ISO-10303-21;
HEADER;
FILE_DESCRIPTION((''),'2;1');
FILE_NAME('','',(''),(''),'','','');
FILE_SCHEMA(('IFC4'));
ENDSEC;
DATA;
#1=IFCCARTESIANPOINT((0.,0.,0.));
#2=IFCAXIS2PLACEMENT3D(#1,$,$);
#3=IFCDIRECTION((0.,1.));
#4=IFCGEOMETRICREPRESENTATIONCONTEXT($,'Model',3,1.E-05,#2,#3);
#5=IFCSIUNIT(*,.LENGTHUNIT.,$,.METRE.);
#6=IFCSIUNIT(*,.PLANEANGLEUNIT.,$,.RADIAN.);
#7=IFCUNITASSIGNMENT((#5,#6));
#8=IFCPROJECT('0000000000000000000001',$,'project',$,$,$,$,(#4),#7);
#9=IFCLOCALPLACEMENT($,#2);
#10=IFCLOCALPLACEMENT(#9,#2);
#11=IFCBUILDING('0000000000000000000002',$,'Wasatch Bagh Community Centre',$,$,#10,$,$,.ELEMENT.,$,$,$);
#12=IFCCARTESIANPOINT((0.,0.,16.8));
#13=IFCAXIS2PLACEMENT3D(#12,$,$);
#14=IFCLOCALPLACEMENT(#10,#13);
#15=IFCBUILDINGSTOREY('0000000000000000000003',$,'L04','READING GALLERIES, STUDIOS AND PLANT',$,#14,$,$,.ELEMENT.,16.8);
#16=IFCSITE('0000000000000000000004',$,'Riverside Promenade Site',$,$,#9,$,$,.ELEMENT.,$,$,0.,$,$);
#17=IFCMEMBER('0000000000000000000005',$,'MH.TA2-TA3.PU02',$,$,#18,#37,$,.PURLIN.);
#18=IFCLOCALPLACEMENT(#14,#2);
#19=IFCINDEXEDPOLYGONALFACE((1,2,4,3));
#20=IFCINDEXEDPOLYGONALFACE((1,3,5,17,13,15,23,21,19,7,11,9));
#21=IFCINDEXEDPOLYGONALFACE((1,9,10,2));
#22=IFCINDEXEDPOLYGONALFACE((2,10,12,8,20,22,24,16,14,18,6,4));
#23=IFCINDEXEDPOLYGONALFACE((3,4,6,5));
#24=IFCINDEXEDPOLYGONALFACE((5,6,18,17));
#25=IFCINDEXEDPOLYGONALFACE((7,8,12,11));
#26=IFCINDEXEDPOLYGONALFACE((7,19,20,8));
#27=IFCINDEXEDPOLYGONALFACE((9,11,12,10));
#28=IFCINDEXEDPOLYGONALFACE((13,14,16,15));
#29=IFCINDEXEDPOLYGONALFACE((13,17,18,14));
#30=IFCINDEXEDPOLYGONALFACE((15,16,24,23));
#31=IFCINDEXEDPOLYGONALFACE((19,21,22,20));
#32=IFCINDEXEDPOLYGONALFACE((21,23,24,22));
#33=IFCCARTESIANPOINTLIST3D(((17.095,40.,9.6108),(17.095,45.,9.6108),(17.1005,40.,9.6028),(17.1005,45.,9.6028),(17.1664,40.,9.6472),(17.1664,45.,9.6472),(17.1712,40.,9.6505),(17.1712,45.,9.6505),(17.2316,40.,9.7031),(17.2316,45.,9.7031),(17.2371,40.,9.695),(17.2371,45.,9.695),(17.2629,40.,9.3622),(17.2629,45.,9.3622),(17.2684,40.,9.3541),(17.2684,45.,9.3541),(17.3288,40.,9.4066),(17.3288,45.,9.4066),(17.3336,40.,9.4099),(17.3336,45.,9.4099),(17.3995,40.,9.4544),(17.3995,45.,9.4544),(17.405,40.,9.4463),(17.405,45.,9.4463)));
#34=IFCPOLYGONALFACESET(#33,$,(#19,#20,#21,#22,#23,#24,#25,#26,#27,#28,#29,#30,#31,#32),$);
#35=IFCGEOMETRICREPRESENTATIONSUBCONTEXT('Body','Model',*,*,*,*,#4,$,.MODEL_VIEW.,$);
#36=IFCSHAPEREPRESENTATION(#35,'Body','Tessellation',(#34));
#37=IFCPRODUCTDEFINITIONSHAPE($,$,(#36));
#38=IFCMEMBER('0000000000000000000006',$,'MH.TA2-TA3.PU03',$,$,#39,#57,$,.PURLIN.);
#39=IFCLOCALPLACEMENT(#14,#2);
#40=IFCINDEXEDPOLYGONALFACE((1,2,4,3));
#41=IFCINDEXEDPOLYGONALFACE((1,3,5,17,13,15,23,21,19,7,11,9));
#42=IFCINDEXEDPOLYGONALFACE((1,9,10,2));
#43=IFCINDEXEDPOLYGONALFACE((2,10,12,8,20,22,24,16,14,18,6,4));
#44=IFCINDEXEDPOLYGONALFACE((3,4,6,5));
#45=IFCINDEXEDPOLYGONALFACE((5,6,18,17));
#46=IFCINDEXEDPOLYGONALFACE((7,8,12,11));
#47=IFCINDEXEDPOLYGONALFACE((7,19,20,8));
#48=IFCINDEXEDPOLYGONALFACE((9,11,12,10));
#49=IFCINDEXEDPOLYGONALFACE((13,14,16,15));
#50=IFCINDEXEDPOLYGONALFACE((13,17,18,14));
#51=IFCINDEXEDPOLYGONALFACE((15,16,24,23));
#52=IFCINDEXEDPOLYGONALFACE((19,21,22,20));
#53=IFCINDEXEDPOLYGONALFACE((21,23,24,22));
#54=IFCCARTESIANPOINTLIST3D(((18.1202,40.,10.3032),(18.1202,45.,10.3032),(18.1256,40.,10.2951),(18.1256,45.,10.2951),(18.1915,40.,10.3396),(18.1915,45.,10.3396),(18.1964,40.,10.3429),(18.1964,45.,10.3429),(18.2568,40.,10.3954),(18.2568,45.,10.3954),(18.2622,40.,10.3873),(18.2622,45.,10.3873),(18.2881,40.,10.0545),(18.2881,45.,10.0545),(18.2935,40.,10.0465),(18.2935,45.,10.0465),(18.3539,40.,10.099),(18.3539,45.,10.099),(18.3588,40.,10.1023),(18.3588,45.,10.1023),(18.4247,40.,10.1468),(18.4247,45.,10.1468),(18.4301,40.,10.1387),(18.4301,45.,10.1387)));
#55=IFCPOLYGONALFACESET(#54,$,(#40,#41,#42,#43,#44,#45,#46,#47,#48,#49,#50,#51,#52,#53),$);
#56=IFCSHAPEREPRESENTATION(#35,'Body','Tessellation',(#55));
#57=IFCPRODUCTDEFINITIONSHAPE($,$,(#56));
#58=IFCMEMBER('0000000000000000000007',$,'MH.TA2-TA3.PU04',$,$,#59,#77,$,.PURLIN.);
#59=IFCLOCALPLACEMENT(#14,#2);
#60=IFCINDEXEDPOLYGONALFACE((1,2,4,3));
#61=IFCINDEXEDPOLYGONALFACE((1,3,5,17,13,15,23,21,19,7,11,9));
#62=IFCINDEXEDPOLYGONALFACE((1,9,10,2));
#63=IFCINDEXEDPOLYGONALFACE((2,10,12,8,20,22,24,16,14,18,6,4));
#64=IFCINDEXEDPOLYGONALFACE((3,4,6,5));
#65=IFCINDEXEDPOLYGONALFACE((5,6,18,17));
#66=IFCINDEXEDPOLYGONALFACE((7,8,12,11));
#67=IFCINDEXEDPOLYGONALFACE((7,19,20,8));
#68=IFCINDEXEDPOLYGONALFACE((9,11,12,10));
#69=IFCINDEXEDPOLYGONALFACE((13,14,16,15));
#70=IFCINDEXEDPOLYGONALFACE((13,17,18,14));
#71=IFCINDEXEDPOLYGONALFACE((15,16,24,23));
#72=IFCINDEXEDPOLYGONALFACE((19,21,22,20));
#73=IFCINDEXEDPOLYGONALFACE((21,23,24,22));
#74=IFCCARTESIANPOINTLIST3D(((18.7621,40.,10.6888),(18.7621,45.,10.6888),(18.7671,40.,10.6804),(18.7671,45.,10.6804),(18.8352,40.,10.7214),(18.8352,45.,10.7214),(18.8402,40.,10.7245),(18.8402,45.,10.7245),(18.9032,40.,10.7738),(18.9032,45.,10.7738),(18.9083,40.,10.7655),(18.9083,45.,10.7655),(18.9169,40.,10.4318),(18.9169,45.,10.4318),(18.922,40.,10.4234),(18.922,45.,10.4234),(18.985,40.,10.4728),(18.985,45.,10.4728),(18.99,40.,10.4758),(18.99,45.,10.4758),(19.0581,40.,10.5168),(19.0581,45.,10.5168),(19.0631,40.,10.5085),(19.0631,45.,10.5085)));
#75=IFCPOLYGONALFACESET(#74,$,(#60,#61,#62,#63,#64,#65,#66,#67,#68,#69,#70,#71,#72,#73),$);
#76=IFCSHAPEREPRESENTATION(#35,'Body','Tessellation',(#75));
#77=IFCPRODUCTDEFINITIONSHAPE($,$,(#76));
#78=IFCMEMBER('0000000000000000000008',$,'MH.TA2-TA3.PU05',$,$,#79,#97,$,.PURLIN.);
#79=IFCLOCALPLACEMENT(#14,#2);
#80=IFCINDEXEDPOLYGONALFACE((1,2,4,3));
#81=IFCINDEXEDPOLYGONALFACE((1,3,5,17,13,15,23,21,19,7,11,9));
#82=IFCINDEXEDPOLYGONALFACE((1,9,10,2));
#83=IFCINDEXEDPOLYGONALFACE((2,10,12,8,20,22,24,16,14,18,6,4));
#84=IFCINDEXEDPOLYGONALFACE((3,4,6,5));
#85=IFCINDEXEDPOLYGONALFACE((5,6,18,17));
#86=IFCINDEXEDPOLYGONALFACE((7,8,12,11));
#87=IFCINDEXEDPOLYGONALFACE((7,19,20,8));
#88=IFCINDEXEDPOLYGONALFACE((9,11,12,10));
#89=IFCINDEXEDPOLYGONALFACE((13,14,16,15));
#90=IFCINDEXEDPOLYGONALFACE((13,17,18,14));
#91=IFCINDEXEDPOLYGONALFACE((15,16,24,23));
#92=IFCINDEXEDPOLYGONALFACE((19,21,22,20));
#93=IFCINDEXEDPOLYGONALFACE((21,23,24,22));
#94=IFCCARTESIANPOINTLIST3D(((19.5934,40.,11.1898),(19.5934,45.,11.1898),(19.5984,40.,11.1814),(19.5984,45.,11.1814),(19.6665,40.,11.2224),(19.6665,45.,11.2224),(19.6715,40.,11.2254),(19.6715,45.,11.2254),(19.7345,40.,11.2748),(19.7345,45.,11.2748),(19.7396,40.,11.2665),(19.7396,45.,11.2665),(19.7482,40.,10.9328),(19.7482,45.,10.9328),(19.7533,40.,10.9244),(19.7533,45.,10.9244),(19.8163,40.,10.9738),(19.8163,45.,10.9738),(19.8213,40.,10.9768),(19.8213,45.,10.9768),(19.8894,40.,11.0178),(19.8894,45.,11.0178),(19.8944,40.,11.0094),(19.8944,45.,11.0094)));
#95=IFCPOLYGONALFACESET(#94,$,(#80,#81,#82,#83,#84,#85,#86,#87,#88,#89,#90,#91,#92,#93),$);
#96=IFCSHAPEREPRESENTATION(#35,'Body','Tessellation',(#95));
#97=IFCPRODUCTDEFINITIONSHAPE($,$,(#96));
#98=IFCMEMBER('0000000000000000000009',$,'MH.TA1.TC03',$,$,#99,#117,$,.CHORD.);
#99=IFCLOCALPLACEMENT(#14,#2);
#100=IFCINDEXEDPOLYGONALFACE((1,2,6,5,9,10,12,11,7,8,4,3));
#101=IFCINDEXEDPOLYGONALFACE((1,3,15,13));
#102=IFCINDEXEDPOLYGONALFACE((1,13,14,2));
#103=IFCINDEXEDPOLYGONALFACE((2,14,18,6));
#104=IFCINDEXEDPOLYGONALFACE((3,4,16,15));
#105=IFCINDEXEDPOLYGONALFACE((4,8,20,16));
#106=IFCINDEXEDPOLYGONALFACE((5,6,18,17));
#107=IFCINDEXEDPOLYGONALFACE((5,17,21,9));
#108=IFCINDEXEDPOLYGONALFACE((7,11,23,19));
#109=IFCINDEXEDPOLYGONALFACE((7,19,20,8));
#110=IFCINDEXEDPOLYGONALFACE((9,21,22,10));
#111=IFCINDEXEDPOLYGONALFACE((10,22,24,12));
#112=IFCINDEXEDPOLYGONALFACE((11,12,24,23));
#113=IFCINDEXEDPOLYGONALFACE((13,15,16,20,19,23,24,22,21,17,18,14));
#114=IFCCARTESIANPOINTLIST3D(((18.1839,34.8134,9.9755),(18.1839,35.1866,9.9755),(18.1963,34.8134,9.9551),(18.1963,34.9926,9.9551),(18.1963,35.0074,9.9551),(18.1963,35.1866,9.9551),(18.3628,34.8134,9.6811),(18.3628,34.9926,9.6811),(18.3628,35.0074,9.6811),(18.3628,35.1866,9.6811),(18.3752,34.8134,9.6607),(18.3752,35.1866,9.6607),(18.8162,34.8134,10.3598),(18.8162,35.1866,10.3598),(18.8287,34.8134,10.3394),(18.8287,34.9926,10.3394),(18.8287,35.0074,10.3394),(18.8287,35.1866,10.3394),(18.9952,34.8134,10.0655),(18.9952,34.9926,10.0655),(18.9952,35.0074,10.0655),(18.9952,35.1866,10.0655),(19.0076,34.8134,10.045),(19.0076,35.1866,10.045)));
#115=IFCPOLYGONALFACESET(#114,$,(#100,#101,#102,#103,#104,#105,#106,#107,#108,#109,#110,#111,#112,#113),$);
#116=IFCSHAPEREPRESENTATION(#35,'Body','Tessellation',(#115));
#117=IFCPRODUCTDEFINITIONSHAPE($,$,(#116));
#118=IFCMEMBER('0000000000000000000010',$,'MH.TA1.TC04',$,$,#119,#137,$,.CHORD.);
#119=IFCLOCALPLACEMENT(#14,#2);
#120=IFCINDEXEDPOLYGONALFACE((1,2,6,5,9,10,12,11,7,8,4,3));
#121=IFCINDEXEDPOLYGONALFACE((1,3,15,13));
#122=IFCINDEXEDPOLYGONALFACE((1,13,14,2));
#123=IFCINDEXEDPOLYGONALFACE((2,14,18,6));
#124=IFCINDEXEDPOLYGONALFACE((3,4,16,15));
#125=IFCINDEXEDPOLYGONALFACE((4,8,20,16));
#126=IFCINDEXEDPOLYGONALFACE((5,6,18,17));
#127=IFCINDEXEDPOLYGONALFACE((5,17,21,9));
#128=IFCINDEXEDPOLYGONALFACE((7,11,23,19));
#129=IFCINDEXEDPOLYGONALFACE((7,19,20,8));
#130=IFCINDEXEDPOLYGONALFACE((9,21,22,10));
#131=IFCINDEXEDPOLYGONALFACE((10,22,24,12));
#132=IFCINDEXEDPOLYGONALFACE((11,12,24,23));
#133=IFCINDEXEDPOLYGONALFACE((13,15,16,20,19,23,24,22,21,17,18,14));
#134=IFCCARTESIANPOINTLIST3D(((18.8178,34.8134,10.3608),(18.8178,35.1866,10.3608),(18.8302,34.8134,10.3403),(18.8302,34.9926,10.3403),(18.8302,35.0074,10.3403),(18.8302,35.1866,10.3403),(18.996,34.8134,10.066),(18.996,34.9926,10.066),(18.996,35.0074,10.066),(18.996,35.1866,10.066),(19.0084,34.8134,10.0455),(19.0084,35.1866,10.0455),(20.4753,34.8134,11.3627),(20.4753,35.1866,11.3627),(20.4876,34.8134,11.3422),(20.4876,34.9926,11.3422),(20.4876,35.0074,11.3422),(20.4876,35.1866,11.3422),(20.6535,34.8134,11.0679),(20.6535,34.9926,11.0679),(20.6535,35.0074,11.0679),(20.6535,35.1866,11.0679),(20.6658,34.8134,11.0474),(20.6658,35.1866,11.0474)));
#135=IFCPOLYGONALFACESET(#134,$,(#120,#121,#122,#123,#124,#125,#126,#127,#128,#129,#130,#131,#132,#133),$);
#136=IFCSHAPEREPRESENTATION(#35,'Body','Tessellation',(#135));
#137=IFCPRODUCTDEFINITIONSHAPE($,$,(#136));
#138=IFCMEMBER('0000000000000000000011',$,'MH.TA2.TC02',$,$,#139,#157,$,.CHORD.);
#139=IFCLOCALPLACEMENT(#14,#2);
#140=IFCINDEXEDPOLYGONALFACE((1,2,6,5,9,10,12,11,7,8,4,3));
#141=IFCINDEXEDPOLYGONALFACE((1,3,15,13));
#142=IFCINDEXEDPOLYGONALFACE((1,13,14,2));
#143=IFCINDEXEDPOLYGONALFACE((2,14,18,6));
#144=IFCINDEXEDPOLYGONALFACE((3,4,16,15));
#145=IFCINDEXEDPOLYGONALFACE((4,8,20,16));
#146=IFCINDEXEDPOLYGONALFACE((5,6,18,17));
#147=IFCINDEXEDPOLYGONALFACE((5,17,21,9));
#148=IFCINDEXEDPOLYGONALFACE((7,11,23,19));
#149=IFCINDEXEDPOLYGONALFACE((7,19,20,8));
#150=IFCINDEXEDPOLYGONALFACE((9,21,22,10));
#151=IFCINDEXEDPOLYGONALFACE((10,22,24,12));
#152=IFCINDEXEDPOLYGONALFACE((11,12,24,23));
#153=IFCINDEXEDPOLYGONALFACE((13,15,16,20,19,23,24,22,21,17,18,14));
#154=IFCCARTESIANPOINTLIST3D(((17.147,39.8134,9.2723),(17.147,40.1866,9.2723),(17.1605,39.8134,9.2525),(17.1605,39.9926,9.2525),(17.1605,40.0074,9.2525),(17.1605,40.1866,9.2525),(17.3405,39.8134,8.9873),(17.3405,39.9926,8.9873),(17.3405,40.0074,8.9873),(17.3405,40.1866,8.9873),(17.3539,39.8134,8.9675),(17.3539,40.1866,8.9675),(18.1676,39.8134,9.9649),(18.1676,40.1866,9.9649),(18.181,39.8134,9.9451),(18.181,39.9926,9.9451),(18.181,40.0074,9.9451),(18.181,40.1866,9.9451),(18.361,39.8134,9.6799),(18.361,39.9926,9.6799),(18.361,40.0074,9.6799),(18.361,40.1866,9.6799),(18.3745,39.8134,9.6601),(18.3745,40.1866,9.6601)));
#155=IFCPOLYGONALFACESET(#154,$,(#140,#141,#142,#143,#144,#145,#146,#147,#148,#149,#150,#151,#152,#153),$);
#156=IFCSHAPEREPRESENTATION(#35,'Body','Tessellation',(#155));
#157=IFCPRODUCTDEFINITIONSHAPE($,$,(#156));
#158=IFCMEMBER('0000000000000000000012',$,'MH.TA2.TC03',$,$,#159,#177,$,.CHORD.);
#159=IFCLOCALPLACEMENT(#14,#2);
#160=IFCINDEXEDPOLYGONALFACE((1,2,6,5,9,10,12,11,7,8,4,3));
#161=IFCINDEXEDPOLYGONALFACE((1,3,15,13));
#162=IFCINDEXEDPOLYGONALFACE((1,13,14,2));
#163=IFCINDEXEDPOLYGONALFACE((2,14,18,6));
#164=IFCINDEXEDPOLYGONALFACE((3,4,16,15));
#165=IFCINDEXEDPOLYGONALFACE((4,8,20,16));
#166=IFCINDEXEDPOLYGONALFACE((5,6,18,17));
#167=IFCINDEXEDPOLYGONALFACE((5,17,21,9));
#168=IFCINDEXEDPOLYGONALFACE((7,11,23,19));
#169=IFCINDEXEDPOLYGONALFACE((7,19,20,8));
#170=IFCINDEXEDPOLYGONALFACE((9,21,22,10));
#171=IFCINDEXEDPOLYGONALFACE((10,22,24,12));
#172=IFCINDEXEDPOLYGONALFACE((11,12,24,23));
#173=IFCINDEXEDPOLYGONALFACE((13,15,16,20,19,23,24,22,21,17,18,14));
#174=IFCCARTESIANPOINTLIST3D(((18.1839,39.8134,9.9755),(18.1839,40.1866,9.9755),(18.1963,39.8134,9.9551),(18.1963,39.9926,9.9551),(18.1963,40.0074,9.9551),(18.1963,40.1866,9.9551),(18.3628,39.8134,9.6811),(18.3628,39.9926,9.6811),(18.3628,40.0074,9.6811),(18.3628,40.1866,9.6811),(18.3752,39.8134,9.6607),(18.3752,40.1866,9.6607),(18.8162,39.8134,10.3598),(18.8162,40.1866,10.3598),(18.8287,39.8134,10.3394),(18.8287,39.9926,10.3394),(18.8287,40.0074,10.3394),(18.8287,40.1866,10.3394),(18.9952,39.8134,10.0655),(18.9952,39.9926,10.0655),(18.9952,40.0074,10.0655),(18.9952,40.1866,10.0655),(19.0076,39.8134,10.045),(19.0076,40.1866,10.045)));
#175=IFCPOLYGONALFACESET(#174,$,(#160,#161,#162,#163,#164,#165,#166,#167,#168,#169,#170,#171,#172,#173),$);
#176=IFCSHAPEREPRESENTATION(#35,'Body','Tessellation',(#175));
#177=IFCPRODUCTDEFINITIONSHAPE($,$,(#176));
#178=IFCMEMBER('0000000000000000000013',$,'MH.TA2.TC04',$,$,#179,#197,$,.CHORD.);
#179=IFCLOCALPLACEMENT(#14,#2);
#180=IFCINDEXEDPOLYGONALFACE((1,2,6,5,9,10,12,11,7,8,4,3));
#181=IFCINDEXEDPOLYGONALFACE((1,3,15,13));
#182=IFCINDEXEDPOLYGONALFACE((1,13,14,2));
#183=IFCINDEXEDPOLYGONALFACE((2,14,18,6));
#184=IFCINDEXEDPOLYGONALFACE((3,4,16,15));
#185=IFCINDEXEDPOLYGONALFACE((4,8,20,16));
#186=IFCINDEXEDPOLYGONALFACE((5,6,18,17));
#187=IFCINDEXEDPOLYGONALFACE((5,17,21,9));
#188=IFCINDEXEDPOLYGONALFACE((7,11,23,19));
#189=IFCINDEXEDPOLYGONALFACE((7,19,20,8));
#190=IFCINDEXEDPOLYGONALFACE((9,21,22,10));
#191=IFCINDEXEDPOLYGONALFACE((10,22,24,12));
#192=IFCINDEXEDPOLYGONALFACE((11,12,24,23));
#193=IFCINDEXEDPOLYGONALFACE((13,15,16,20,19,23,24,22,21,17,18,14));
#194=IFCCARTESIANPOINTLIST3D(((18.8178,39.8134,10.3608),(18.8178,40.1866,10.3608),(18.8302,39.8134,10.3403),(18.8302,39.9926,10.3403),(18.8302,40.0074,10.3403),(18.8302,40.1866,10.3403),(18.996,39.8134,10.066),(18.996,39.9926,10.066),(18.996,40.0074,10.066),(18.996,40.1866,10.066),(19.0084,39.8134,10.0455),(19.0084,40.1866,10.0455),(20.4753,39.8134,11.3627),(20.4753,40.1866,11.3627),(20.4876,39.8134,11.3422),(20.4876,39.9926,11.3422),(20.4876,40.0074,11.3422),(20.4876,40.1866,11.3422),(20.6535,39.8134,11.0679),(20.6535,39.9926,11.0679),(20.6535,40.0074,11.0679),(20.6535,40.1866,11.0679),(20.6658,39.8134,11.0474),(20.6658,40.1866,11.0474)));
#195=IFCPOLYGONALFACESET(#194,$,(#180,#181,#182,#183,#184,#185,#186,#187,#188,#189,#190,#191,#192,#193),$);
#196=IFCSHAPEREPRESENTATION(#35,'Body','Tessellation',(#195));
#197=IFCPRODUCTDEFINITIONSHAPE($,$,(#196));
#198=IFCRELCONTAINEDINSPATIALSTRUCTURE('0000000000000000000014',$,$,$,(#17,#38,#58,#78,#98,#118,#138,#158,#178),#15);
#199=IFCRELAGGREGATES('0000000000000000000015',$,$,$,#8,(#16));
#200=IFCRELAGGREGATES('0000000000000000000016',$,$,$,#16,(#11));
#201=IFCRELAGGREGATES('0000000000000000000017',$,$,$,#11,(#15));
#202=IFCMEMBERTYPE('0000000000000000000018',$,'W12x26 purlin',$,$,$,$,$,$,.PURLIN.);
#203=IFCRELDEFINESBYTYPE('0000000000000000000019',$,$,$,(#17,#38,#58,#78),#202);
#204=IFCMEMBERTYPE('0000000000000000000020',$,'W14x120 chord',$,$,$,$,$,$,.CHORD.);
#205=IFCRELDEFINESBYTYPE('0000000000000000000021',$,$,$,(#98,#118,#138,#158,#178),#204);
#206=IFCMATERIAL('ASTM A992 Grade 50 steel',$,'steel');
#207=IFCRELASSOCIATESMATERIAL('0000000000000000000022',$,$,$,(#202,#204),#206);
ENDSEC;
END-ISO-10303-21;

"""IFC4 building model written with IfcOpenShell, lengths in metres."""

from ifc_helpers import new_model, si_unit, direction, frame, origin, origin_2d, place, context, subcontext, project, spatial, i_section, extrude, material, material_profile, profile_set, type_object, element, save


model = new_model("IFC4")

# Units and contexts
model_context = context("Model", 3, precision=1e-05, world=origin(), true_north=direction((0.0, 1.0)))
body_context = subcontext(model_context, "Body", "Model", "MODEL_VIEW")
ifc_project = project(units=[si_unit("LENGTHUNIT", "METRE"), si_unit("PLANEANGLEUNIT", "RADIAN")], contexts=[model_context])

# Site, building, storey
site_placement = place(None, origin())
site = spatial("IfcSite", under=ifc_project, at=site_placement, Name="Riverside Promenade Site", CompositionType="ELEMENT", RefElevation=0.0)
building_placement = place(site_placement, origin())
building = spatial("IfcBuilding", under=site, at=building_placement, Name="Wasatch Bagh Community Centre", CompositionType="ELEMENT")
storey_placement = place(building_placement, frame((0.0, 0.0, 16.8)))
storey = spatial("IfcBuildingStorey", under=building, at=storey_placement, Name="L04", Description="READING GALLERIES, STUDIOS AND PLANT", CompositionType="ELEMENT", Elevation=16.8)

# Members
ifc_material_1 = material(Name="ASTM A992 Grade 50 steel", Category="steel")
ifc_material_profile_1 = material_profile(ifc_material_1, i_section(OverallWidth=0.1648, OverallDepth=0.3098, WebThickness=0.0059, FlangeThickness=0.0098, at=origin_2d()), Name="W12x26")
ifc_profile_set_1 = profile_set([ifc_material_profile_1], Name="ASTM A992 Grade 50 steel")
member_type_1 = type_object("IfcMemberType", Name="W12x26 purlin", PredefinedType="PURLIN", material=ifc_profile_set_1)
for number, where, z_axis, x_axis, name in (
    (1, (17.25, 40.0, 9.5286), (0.0, 1.0, 0.0), (-0.828791, 0.0, -0.559559), "MH.TA2-TA3.PU02"),
    (2, (18.2751, 40.0, 10.2209), (0.0, 1.0, 0.0), (-0.828791, 0.0, -0.559559), "MH.TA2-TA3.PU03"),
    (3, (18.9126, 40.0, 10.5986), (0.0, 1.0, 0.0), (-0.856568, 0.0, -0.516034), "MH.TA2-TA3.PU04"),
    (4, (19.7439, 40.0, 11.0996), (0.0, 1.0, 0.0), (-0.856568, 0.0, -0.516034), "MH.TA2-TA3.PU05"),
):
    element("IfcMember", number, at=place(storey_placement, frame(where, z_axis=z_axis, x_axis=x_axis)), inside=storey, type_object=member_type_1, Name=name, PredefinedType="PURLIN", context=body_context, shape_type="SweptSolid", body=[
        extrude(i_section(OverallWidth=0.1648, OverallDepth=0.3098, WebThickness=0.0059, FlangeThickness=0.0098, at=origin_2d()), origin(), (0.0, 0.0, 1.0), 5.0),
    ])
ifc_material_profile_2 = material_profile(ifc_material_1, i_section(OverallWidth=0.3733, OverallDepth=0.3684, WebThickness=0.0149, FlangeThickness=0.0239, at=origin_2d()), Name="W14x120")
ifc_profile_set_2 = profile_set([ifc_material_profile_2], Name="ASTM A992 Grade 50 steel")
member_type_2 = type_object("IfcMemberType", Name="W14x120 chord", PredefinedType="CHORD", material=ifc_profile_set_2)
member_1_placement = place(storey_placement, frame((18.2795, 35.0, 9.8181), z_axis=(0.854568, 0.0, 0.51934), x_axis=(0.0, 1.0, 0.0)))
element("IfcMember", 5, at=member_1_placement, inside=storey, type_object=member_type_2, Name="MH.TA1.TC03", PredefinedType="CHORD", context=body_context, shape_type="SweptSolid", body=[
    extrude(i_section(OverallWidth=0.3733, OverallDepth=0.3684, WebThickness=0.0149, FlangeThickness=0.0239, at=origin_2d()), origin(), (0.0, 0.0, 1.0), 0.74),
])
member_2_placement = place(storey_placement, frame((18.9131, 35.0, 10.2031), z_axis=(0.855786, 0.0, 0.517329), x_axis=(0.0, 1.0, 0.0)))
element("IfcMember", 6, at=member_2_placement, inside=storey, type_object=member_type_2, Name="MH.TA1.TC04", PredefinedType="CHORD", context=body_context, shape_type="SweptSolid", body=[
    extrude(i_section(OverallWidth=0.3733, OverallDepth=0.3684, WebThickness=0.0149, FlangeThickness=0.0239, at=origin_2d()), origin(), (0.0, 0.0, 1.0), 1.9368),
])
member_3_placement = place(storey_placement, frame((17.2505, 40.0, 9.1199), z_axis=(0.827423, 0.0, 0.561579), x_axis=(0.0, 1.0, 0.0)))
element("IfcMember", 7, at=member_3_placement, inside=storey, type_object=member_type_2, Name="MH.TA2.TC02", PredefinedType="CHORD", context=body_context, shape_type="SweptSolid", body=[
    extrude(i_section(OverallWidth=0.3733, OverallDepth=0.3684, WebThickness=0.0149, FlangeThickness=0.0239, at=origin_2d()), origin(), (0.0, 0.0, 1.0), 1.2334),
])
member_4_placement = place(storey_placement, frame((18.2795, 40.0, 9.8181), z_axis=(0.854568, 0.0, 0.51934), x_axis=(0.0, 1.0, 0.0)))
element("IfcMember", 8, at=member_4_placement, inside=storey, type_object=member_type_2, Name="MH.TA2.TC03", PredefinedType="CHORD", context=body_context, shape_type="SweptSolid", body=[
    extrude(i_section(OverallWidth=0.3733, OverallDepth=0.3684, WebThickness=0.0149, FlangeThickness=0.0239, at=origin_2d()), origin(), (0.0, 0.0, 1.0), 0.74),
])
member_5_placement = place(storey_placement, frame((18.9131, 40.0, 10.2031), z_axis=(0.855786, 0.0, 0.517329), x_axis=(0.0, 1.0, 0.0)))
element("IfcMember", 9, at=member_5_placement, inside=storey, type_object=member_type_2, Name="MH.TA2.TC04", PredefinedType="CHORD", context=body_context, shape_type="SweptSolid", body=[
    extrude(i_section(OverallWidth=0.3733, OverallDepth=0.3684, WebThickness=0.0149, FlangeThickness=0.0239, at=origin_2d()), origin(), (0.0, 0.0, 1.0), 1.9368),
])

save(model, "model.ifc")
